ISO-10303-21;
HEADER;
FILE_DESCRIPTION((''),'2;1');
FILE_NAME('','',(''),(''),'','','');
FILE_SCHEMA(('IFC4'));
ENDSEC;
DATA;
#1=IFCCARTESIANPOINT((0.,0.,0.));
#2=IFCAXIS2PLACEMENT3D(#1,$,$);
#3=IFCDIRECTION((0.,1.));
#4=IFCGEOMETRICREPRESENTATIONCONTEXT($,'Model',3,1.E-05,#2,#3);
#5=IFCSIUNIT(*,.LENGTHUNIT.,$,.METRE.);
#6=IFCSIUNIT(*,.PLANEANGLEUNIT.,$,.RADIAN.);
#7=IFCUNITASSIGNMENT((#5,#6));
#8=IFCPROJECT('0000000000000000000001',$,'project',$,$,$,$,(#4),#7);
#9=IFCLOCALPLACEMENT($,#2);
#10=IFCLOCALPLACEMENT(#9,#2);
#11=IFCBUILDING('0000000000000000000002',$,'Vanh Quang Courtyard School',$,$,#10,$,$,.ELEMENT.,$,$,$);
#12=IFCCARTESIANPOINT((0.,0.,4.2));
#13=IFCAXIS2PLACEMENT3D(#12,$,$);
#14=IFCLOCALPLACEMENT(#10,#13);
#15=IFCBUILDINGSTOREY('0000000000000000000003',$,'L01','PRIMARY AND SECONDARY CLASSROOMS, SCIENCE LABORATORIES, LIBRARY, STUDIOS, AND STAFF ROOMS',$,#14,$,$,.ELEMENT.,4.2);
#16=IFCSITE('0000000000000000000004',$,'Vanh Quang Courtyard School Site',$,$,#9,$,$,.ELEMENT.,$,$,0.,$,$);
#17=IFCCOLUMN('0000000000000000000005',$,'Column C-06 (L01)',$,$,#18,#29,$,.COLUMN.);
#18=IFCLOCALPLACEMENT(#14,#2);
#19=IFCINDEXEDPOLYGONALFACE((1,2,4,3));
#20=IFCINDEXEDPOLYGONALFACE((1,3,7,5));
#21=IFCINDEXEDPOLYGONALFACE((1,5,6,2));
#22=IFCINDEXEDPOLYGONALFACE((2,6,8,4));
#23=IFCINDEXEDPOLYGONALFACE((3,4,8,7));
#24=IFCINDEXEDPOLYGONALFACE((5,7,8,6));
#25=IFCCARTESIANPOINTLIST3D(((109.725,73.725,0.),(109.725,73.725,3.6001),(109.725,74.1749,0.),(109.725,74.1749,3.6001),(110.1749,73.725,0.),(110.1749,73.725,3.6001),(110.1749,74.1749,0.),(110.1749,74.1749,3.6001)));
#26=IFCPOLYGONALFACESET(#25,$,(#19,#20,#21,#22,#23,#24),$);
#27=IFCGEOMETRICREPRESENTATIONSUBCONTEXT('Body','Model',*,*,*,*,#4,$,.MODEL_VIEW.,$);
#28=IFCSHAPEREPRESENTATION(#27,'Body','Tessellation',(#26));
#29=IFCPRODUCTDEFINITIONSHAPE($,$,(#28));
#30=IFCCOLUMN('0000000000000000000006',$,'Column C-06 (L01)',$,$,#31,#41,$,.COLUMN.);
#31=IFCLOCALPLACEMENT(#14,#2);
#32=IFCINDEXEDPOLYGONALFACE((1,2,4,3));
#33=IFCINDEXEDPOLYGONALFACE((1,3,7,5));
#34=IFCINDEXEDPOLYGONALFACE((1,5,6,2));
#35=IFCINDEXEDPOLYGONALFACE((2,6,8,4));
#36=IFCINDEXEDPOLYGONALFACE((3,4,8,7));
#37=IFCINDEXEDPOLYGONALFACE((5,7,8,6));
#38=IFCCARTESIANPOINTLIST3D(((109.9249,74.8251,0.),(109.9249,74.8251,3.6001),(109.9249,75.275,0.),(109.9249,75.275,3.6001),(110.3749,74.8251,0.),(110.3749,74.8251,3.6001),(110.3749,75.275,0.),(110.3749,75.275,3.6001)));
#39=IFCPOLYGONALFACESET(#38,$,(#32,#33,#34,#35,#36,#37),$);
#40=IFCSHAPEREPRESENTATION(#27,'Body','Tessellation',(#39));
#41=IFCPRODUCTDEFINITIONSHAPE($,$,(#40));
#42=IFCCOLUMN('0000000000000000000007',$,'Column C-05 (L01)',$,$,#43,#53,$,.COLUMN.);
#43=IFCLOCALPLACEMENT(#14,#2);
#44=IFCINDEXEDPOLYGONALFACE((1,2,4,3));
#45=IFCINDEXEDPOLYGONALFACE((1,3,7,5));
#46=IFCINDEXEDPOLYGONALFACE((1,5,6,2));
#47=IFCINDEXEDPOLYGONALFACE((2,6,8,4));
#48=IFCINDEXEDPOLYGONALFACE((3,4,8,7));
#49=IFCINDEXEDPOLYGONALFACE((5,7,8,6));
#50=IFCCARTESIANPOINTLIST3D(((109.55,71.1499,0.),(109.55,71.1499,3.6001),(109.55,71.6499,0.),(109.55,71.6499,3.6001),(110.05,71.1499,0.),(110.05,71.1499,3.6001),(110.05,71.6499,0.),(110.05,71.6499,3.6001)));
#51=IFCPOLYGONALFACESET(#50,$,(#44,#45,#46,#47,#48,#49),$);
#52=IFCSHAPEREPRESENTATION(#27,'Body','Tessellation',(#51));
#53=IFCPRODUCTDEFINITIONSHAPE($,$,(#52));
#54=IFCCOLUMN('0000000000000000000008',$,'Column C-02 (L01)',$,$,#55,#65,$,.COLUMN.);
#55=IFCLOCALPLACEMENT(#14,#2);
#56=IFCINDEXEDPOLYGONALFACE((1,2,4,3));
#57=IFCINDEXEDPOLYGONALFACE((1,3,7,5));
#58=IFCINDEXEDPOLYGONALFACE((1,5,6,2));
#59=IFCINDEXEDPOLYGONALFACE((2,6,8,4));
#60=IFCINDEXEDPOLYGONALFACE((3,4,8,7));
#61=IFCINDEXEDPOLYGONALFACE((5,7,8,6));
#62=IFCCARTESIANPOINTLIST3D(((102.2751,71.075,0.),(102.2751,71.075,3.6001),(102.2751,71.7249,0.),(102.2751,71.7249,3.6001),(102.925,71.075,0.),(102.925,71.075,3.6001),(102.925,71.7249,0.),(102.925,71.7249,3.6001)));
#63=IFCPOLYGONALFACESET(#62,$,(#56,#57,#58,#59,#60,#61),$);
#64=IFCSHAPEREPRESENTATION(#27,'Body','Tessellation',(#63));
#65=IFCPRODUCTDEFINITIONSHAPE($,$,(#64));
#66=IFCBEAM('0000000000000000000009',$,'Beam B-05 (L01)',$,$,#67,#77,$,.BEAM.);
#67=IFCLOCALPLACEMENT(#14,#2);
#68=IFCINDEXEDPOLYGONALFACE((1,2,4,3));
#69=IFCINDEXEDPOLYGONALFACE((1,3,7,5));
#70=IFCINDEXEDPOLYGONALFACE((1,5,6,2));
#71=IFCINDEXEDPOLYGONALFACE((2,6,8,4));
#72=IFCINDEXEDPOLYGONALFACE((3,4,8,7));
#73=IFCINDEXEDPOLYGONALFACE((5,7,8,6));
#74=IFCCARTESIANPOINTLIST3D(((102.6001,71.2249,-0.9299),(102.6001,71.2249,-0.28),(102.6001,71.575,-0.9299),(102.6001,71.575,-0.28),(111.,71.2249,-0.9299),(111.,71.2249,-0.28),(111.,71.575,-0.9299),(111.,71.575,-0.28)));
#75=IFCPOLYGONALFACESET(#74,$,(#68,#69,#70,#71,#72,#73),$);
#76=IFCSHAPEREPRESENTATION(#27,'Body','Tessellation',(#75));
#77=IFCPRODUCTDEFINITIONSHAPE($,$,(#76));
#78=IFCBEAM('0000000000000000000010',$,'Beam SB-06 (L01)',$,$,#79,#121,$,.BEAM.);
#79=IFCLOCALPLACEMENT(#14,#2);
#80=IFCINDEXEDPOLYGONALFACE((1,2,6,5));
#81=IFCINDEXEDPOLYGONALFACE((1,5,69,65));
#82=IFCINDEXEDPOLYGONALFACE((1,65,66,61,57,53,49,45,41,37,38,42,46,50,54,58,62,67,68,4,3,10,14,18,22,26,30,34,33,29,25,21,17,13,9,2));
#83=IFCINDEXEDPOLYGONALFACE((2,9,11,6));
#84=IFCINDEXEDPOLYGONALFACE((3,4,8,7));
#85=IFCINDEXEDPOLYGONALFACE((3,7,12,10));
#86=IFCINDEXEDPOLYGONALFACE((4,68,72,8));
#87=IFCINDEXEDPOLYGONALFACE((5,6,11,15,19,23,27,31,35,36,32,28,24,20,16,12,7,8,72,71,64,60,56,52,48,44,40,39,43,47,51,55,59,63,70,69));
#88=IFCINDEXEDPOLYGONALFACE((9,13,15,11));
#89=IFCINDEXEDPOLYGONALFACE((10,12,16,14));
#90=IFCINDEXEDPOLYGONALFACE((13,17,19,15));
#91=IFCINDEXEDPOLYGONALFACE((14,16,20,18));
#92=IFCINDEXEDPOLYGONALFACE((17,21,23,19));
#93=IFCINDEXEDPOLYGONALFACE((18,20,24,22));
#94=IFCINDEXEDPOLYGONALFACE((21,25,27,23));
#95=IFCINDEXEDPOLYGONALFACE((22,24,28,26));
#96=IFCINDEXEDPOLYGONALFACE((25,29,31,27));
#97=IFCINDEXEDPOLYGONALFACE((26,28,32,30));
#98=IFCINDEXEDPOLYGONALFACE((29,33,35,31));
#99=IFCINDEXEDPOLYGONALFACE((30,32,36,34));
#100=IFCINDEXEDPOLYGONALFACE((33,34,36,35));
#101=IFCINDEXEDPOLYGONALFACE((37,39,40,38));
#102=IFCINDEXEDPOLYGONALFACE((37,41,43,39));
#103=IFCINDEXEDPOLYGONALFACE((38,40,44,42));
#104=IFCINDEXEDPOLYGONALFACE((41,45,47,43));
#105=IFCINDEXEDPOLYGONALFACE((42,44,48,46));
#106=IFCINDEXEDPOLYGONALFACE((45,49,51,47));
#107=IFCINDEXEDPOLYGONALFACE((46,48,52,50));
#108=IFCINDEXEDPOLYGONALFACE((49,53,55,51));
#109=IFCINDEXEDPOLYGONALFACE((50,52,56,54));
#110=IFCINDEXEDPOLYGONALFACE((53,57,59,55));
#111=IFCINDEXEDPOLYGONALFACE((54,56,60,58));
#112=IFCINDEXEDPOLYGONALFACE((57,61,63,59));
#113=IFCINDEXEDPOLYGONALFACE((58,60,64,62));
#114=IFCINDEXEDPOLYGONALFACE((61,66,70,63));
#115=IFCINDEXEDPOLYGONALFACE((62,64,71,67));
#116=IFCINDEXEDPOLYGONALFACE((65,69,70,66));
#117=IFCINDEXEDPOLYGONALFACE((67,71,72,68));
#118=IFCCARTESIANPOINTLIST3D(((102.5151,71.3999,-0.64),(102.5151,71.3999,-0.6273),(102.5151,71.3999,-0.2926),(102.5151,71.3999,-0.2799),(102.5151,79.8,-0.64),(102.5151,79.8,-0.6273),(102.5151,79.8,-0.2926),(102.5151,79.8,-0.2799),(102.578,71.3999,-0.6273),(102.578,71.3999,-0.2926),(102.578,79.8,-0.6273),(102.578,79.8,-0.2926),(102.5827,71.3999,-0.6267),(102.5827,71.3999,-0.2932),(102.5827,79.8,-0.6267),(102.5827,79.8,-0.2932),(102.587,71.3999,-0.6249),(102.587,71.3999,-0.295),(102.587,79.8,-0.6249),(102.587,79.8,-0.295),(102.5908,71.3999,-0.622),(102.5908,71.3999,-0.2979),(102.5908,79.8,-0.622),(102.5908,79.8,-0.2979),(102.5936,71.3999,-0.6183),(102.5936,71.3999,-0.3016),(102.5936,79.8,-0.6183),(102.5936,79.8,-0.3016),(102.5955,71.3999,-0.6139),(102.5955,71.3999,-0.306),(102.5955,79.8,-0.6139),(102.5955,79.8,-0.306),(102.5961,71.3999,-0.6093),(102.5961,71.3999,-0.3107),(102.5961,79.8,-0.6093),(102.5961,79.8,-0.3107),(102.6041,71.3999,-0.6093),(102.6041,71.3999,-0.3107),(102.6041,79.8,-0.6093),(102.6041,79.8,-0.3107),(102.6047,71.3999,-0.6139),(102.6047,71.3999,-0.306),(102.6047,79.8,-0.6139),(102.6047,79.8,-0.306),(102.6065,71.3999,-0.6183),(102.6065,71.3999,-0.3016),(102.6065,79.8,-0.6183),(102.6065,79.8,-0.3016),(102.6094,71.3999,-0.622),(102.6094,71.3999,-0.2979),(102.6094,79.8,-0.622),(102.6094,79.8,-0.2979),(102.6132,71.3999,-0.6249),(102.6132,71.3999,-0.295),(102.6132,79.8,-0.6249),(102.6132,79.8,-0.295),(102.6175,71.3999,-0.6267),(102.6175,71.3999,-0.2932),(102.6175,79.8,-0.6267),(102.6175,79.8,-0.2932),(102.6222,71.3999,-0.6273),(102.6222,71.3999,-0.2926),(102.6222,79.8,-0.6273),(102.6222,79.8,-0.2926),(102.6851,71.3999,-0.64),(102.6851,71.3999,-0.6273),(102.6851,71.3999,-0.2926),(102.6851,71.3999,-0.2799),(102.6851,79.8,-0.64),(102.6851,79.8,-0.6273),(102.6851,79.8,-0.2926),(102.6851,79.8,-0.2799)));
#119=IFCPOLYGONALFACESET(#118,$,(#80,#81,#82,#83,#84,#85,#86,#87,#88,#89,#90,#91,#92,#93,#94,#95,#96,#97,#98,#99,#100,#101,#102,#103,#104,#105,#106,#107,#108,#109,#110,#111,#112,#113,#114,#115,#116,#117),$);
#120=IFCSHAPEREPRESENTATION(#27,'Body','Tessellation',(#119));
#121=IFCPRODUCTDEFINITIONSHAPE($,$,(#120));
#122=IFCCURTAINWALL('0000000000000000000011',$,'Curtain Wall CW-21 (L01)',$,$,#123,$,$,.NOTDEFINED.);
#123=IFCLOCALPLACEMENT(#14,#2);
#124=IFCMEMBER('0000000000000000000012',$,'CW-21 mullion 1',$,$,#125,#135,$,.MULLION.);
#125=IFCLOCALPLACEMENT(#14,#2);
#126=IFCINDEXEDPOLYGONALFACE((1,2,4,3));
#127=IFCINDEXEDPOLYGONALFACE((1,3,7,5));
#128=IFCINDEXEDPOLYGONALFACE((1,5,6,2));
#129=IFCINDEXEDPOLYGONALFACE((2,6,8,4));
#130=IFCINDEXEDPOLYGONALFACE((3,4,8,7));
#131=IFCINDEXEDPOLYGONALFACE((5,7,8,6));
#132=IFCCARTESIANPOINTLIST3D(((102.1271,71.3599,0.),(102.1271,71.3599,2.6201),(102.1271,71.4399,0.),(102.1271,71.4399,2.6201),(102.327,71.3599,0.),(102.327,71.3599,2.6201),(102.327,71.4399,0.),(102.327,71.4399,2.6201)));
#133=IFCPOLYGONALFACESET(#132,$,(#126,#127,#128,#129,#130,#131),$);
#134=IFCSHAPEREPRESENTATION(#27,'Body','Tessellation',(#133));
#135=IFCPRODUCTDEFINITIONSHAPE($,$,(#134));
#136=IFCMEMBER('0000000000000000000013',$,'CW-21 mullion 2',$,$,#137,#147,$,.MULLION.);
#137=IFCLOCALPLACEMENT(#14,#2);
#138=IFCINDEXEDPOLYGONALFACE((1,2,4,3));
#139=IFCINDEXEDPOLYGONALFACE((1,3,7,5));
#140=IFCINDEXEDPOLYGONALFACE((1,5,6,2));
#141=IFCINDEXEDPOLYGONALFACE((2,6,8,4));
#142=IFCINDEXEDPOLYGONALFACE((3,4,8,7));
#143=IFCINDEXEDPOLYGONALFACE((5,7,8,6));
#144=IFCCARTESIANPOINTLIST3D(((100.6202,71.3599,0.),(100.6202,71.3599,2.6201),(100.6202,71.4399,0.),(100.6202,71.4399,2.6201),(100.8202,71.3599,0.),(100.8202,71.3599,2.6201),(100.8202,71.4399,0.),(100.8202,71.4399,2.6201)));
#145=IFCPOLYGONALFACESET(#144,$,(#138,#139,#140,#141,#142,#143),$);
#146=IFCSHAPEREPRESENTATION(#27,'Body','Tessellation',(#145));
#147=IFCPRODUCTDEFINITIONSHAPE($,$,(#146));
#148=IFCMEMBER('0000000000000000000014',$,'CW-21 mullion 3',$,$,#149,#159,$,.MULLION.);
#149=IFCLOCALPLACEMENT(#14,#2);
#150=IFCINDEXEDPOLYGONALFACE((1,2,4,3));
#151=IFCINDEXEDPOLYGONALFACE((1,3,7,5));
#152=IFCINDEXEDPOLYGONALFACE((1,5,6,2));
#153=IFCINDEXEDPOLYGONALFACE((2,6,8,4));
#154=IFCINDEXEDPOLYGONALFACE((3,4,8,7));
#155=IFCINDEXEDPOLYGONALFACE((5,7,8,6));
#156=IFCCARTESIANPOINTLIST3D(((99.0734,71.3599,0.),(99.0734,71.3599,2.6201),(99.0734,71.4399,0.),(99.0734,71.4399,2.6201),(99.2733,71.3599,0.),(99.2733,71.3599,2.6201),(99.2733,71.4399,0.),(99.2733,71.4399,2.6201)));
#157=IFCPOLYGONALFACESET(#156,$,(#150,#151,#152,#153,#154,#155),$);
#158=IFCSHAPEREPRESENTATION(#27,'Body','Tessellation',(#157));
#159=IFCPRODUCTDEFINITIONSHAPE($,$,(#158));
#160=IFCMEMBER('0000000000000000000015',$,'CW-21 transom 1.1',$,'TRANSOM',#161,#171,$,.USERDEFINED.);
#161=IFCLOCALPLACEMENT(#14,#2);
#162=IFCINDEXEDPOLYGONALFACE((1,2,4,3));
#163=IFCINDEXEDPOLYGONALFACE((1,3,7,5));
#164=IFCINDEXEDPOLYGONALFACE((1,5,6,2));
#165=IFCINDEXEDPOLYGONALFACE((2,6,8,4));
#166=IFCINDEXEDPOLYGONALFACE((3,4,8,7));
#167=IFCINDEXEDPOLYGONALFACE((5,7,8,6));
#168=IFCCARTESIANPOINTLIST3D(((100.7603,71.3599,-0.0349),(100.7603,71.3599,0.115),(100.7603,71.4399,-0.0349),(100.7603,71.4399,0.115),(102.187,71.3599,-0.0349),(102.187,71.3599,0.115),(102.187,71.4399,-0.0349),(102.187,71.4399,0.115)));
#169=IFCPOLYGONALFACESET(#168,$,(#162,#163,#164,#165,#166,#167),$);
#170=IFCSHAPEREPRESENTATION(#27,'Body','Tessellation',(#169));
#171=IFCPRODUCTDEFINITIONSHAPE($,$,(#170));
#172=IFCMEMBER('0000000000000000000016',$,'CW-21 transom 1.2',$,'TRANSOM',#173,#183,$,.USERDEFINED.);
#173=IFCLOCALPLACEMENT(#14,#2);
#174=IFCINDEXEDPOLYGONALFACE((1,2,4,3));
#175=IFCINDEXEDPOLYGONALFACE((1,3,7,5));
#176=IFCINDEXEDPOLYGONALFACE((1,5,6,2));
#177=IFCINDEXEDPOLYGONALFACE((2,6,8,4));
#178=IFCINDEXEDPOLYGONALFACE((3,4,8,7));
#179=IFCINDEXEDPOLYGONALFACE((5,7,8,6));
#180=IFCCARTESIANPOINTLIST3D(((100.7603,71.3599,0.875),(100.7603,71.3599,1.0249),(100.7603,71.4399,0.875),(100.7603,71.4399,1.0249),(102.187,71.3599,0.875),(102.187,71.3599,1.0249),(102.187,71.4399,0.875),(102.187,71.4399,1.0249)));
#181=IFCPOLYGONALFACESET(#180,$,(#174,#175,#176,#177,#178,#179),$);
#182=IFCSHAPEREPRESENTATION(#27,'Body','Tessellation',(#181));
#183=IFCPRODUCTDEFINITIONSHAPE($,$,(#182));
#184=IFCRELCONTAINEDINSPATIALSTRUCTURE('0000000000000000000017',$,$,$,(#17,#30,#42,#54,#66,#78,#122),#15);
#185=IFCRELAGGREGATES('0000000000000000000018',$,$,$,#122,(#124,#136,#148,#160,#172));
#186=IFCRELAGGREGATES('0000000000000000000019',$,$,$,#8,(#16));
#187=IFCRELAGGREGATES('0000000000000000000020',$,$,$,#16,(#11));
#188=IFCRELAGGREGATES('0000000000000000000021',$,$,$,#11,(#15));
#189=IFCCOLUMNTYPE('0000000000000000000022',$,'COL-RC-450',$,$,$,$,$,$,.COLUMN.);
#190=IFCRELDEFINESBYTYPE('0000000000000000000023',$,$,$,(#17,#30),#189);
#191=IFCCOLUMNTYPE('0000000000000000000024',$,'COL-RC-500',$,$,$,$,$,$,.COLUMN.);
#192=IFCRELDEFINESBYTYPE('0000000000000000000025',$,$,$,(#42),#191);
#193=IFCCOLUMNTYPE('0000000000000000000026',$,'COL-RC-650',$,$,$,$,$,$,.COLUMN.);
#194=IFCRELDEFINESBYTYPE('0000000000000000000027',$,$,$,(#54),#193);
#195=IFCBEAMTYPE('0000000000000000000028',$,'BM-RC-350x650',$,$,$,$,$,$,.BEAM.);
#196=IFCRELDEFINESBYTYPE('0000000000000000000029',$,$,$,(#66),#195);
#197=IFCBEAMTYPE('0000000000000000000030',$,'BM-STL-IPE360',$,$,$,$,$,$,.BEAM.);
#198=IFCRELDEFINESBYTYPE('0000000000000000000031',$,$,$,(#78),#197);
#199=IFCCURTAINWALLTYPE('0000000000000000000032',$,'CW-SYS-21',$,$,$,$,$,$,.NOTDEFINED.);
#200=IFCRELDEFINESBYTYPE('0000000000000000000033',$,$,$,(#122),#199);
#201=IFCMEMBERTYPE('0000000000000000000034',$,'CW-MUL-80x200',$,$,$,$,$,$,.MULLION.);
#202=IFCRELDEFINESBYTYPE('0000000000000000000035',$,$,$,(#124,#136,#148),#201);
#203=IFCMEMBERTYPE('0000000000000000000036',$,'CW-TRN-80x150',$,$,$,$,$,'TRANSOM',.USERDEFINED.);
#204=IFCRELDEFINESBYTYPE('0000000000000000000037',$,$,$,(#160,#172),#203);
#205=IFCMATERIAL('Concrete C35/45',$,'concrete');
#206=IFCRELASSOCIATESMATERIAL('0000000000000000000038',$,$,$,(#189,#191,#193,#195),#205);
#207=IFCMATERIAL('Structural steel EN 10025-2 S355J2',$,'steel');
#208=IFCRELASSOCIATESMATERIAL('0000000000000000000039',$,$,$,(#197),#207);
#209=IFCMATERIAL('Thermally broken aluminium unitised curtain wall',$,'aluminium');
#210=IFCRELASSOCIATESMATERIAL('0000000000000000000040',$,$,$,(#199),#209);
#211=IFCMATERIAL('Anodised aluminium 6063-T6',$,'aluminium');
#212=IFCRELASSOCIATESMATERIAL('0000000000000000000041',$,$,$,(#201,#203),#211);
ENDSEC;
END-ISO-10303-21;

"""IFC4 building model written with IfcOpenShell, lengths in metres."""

from ifc_helpers import new_model, si_unit, direction, frame, origin, origin_2d, place, context, subcontext, project, spatial, rectangle, i_section, extrude, material, material_profile, profile_set, type_object, element, aggregate, save


model = new_model("IFC4")

# Units and contexts
model_context = context("Model", 3, precision=1e-05, world=origin(), true_north=direction((0.0, 1.0)))
body_context = subcontext(model_context, "Body", "Model", "MODEL_VIEW")
ifc_project = project(units=[si_unit("LENGTHUNIT", "METRE"), si_unit("PLANEANGLEUNIT", "RADIAN")], contexts=[model_context])

# Site, building, storey
site_placement = place(None, origin())
site = spatial("IfcSite", under=ifc_project, at=site_placement, Name="Vanh Quang Courtyard School Site", CompositionType="ELEMENT", RefElevation=0.0)
building_placement = place(site_placement, origin())
building = spatial("IfcBuilding", under=site, at=building_placement, Name="Vanh Quang Courtyard School", CompositionType="ELEMENT")
storey_placement = place(building_placement, frame((0.0, 0.0, 4.2)))
storey = spatial("IfcBuildingStorey", under=building, at=storey_placement, Name="L01", Description="PRIMARY AND SECONDARY CLASSROOMS, SCIENCE LABORATORIES, LIBRARY, STUDIOS, AND STAFF ROOMS", CompositionType="ELEMENT", Elevation=4.2)

# Columns
ifc_material_1 = material(Name="Concrete C35/45", Category="concrete")
ifc_material_profile_1 = material_profile(ifc_material_1, rectangle(XDim=0.45, YDim=0.45, at=origin_2d()), Name="RC-COL 450x450")
ifc_profile_set_1 = profile_set([ifc_material_profile_1], Name="Concrete C35/45")
column_type_1 = type_object("IfcColumnType", Name="COL-RC-450", PredefinedType="COLUMN", material=ifc_profile_set_1)
for number, where, z_axis, x_axis, name in (
    (1, (109.95, 73.95, 0.0), (0.0, 0.0, 1.0), (1.0, 0.0, 0.0), "Column C-06 (L01)"),
    (2, (110.1499, 75.05, 0.0), (0.0, 0.0, 1.0), (1.0, 0.0, 0.0), "Column C-06 (L01)"),
):
    element("IfcColumn", number, at=place(storey_placement, frame(where, z_axis=z_axis, x_axis=x_axis)), inside=storey, type_object=column_type_1, Name=name, PredefinedType="COLUMN", context=body_context, shape_type="SweptSolid", body=[
        extrude(rectangle(XDim=0.45, YDim=0.45, at=origin_2d()), origin(), (0.0, 0.0, 1.0), 3.6001),
    ])
ifc_material_profile_2 = material_profile(ifc_material_1, rectangle(XDim=0.5, YDim=0.5, at=origin_2d()), Name="RC-COL 500x500")
ifc_profile_set_2 = profile_set([ifc_material_profile_2], Name="Concrete C35/45")
column_type_2 = type_object("IfcColumnType", Name="COL-RC-500", PredefinedType="COLUMN", material=ifc_profile_set_2)
column_1_placement = place(storey_placement, frame((109.8, 71.3999, 0.0), z_axis=(0.0, 0.0, 1.0), x_axis=(1.0, 0.0, 0.0)))
element("IfcColumn", 3, at=column_1_placement, inside=storey, type_object=column_type_2, Name="Column C-05 (L01)", PredefinedType="COLUMN", context=body_context, shape_type="SweptSolid", body=[
    extrude(rectangle(XDim=0.5, YDim=0.5, at=origin_2d()), origin(), (0.0, 0.0, 1.0), 3.6001),
])
ifc_material_profile_3 = material_profile(ifc_material_1, rectangle(XDim=0.6499, YDim=0.6499, at=origin_2d()), Name="RC-COL 650x650")
ifc_profile_set_3 = profile_set([ifc_material_profile_3], Name="Concrete C35/45")
column_type_3 = type_object("IfcColumnType", Name="COL-RC-650", PredefinedType="COLUMN", material=ifc_profile_set_3)
column_2_placement = place(storey_placement, frame((102.6001, 71.3999, 0.0), z_axis=(0.0, 0.0, 1.0), x_axis=(1.0, 0.0, 0.0)))
element("IfcColumn", 4, at=column_2_placement, inside=storey, type_object=column_type_3, Name="Column C-02 (L01)", PredefinedType="COLUMN", context=body_context, shape_type="SweptSolid", body=[
    extrude(rectangle(XDim=0.6499, YDim=0.6499, at=origin_2d()), origin(), (0.0, 0.0, 1.0), 3.6001),
])

# Beams
ifc_material_profile_4 = material_profile(ifc_material_1, rectangle(XDim=0.3501, YDim=0.6499, at=origin_2d()), Name="RC-BM 350x650")
ifc_profile_set_4 = profile_set([ifc_material_profile_4], Name="Concrete C35/45")
beam_type_1 = type_object("IfcBeamType", Name="BM-RC-350x650", PredefinedType="BEAM", material=ifc_profile_set_4)
beam_1_placement = place(storey_placement, frame((102.6001, 71.3999, -0.605), z_axis=(1.0, 0.0, 0.0), x_axis=(0.0, 1.0, 0.0)))
element("IfcBeam", 5, at=beam_1_placement, inside=storey, type_object=beam_type_1, Name="Beam B-05 (L01)", PredefinedType="BEAM", context=body_context, shape_type="SweptSolid", body=[
    extrude(rectangle(XDim=0.3501, YDim=0.6499, at=origin_2d()), origin(), (0.0, 0.0, 1.0), 8.3999),
])
ifc_material_2 = material(Name="Structural steel EN 10025-2 S355J2", Category="steel")
ifc_material_profile_5 = material_profile(ifc_material_2, i_section(OverallWidth=0.1699, OverallDepth=0.3601, WebThickness=0.0081, FlangeThickness=0.0127, FilletRadius=0.0181, at=origin_2d()), Name="IPE 360")
ifc_profile_set_5 = profile_set([ifc_material_profile_5], Name="Structural steel EN 10025-2 S355J2")
beam_type_2 = type_object("IfcBeamType", Name="BM-STL-IPE360", PredefinedType="BEAM", material=ifc_profile_set_5)
beam_2_placement = place(storey_placement, frame((102.6001, 71.3999, -0.46), z_axis=(0.0, 1.0, 0.0), x_axis=(-1.0, 0.0, 0.0)))
element("IfcBeam", 6, at=beam_2_placement, inside=storey, type_object=beam_type_2, Name="Beam SB-06 (L01)", PredefinedType="BEAM", context=body_context, shape_type="SweptSolid", body=[
    extrude(i_section(OverallWidth=0.1699, OverallDepth=0.3601, WebThickness=0.0081, FlangeThickness=0.0127, FilletRadius=0.0181, at=origin_2d()), origin(), (0.0, 0.0, 1.0), 8.4001),
])

# Curtain wall, members
ifc_material_3 = material(Name="Thermally broken aluminium unitised curtain wall", Category="aluminium")
curtain_wall_type = type_object("IfcCurtainWallType", Name="CW-SYS-21", PredefinedType="NOTDEFINED", material=ifc_material_3)
curtain_wall_placement = place(storey_placement, origin())
curtain_wall = element("IfcCurtainWall", 7, at=curtain_wall_placement, inside=storey, type_object=curtain_wall_type, Name="Curtain Wall CW-21 (L01)", PredefinedType="NOTDEFINED")
ifc_material_4 = material(Name="Anodised aluminium 6063-T6", Category="aluminium")
ifc_material_profile_6 = material_profile(ifc_material_4, rectangle(XDim=0.0801, YDim=0.2, at=origin_2d()), Name="ALU-MUL 80x200")
ifc_profile_set_6 = profile_set([ifc_material_profile_6], Name="Anodised aluminium 6063-T6")
member_type_1 = type_object("IfcMemberType", Name="CW-MUL-80x200", PredefinedType="MULLION", material=ifc_profile_set_6)
member_1_placement = place(storey_placement, frame((102.2271, 71.3999, 0.0), z_axis=(0.0, 0.0, 1.0), x_axis=(0.0, -1.0, 0.0)))
member_1 = element("IfcMember", 8, at=member_1_placement, type_object=member_type_1, Name="CW-21 mullion 1", PredefinedType="MULLION", context=body_context, shape_type="SweptSolid", body=[
    extrude(rectangle(XDim=0.0801, YDim=0.2, at=origin_2d()), origin(), (0.0, 0.0, 1.0), 2.6201),
])
member_2_placement = place(storey_placement, frame((100.7202, 71.3999, 0.0), z_axis=(0.0, 0.0, 1.0), x_axis=(0.0, -1.0, 0.0)))
member_2 = element("IfcMember", 9, at=member_2_placement, type_object=member_type_1, Name="CW-21 mullion 2", PredefinedType="MULLION", context=body_context, shape_type="SweptSolid", body=[
    extrude(rectangle(XDim=0.0801, YDim=0.2, at=origin_2d()), origin(), (0.0, 0.0, 1.0), 2.6201),
])
member_3_placement = place(storey_placement, frame((99.1733, 71.3999, 0.0), z_axis=(0.0, 0.0, 1.0), x_axis=(0.0, -1.0, 0.0)))
member_3 = element("IfcMember", 10, at=member_3_placement, type_object=member_type_1, Name="CW-21 mullion 3", PredefinedType="MULLION", context=body_context, shape_type="SweptSolid", body=[
    extrude(rectangle(XDim=0.0801, YDim=0.2, at=origin_2d()), origin(), (0.0, 0.0, 1.0), 2.6201),
])
ifc_material_profile_7 = material_profile(ifc_material_4, rectangle(XDim=0.0801, YDim=0.1499, at=origin_2d()), Name="ALU-TRN 80x150")
ifc_profile_set_7 = profile_set([ifc_material_profile_7], Name="Anodised aluminium 6063-T6")
member_type_2 = type_object("IfcMemberType", Name="CW-TRN-80x150", ElementType="TRANSOM", PredefinedType="USERDEFINED", material=ifc_profile_set_7)
member_4_placement = place(storey_placement, frame((102.187, 71.3999, 0.04), z_axis=(-1.0, 0.0, 0.0), x_axis=(0.0, -1.0, 0.0)))
member_4 = element("IfcMember", 11, at=member_4_placement, type_object=member_type_2, Name="CW-21 transom 1.1", ObjectType="TRANSOM", PredefinedType="USERDEFINED", context=body_context, shape_type="SweptSolid", body=[
    extrude(rectangle(XDim=0.0801, YDim=0.1499, at=origin_2d()), origin(), (0.0, 0.0, 1.0), 1.4268),
])
member_5_placement = place(storey_placement, frame((102.187, 71.3999, 0.95), z_axis=(-1.0, 0.0, 0.0), x_axis=(0.0, -1.0, 0.0)))
member_5 = element("IfcMember", 12, at=member_5_placement, type_object=member_type_2, Name="CW-21 transom 1.2", ObjectType="TRANSOM", PredefinedType="USERDEFINED", context=body_context, shape_type="SweptSolid", body=[
    extrude(rectangle(XDim=0.0801, YDim=0.1499, at=origin_2d()), origin(), (0.0, 0.0, 1.0), 1.4268),
])

aggregate(curtain_wall, [member_1, member_2, member_3, member_4, member_5])

save(model, "model.ifc")
